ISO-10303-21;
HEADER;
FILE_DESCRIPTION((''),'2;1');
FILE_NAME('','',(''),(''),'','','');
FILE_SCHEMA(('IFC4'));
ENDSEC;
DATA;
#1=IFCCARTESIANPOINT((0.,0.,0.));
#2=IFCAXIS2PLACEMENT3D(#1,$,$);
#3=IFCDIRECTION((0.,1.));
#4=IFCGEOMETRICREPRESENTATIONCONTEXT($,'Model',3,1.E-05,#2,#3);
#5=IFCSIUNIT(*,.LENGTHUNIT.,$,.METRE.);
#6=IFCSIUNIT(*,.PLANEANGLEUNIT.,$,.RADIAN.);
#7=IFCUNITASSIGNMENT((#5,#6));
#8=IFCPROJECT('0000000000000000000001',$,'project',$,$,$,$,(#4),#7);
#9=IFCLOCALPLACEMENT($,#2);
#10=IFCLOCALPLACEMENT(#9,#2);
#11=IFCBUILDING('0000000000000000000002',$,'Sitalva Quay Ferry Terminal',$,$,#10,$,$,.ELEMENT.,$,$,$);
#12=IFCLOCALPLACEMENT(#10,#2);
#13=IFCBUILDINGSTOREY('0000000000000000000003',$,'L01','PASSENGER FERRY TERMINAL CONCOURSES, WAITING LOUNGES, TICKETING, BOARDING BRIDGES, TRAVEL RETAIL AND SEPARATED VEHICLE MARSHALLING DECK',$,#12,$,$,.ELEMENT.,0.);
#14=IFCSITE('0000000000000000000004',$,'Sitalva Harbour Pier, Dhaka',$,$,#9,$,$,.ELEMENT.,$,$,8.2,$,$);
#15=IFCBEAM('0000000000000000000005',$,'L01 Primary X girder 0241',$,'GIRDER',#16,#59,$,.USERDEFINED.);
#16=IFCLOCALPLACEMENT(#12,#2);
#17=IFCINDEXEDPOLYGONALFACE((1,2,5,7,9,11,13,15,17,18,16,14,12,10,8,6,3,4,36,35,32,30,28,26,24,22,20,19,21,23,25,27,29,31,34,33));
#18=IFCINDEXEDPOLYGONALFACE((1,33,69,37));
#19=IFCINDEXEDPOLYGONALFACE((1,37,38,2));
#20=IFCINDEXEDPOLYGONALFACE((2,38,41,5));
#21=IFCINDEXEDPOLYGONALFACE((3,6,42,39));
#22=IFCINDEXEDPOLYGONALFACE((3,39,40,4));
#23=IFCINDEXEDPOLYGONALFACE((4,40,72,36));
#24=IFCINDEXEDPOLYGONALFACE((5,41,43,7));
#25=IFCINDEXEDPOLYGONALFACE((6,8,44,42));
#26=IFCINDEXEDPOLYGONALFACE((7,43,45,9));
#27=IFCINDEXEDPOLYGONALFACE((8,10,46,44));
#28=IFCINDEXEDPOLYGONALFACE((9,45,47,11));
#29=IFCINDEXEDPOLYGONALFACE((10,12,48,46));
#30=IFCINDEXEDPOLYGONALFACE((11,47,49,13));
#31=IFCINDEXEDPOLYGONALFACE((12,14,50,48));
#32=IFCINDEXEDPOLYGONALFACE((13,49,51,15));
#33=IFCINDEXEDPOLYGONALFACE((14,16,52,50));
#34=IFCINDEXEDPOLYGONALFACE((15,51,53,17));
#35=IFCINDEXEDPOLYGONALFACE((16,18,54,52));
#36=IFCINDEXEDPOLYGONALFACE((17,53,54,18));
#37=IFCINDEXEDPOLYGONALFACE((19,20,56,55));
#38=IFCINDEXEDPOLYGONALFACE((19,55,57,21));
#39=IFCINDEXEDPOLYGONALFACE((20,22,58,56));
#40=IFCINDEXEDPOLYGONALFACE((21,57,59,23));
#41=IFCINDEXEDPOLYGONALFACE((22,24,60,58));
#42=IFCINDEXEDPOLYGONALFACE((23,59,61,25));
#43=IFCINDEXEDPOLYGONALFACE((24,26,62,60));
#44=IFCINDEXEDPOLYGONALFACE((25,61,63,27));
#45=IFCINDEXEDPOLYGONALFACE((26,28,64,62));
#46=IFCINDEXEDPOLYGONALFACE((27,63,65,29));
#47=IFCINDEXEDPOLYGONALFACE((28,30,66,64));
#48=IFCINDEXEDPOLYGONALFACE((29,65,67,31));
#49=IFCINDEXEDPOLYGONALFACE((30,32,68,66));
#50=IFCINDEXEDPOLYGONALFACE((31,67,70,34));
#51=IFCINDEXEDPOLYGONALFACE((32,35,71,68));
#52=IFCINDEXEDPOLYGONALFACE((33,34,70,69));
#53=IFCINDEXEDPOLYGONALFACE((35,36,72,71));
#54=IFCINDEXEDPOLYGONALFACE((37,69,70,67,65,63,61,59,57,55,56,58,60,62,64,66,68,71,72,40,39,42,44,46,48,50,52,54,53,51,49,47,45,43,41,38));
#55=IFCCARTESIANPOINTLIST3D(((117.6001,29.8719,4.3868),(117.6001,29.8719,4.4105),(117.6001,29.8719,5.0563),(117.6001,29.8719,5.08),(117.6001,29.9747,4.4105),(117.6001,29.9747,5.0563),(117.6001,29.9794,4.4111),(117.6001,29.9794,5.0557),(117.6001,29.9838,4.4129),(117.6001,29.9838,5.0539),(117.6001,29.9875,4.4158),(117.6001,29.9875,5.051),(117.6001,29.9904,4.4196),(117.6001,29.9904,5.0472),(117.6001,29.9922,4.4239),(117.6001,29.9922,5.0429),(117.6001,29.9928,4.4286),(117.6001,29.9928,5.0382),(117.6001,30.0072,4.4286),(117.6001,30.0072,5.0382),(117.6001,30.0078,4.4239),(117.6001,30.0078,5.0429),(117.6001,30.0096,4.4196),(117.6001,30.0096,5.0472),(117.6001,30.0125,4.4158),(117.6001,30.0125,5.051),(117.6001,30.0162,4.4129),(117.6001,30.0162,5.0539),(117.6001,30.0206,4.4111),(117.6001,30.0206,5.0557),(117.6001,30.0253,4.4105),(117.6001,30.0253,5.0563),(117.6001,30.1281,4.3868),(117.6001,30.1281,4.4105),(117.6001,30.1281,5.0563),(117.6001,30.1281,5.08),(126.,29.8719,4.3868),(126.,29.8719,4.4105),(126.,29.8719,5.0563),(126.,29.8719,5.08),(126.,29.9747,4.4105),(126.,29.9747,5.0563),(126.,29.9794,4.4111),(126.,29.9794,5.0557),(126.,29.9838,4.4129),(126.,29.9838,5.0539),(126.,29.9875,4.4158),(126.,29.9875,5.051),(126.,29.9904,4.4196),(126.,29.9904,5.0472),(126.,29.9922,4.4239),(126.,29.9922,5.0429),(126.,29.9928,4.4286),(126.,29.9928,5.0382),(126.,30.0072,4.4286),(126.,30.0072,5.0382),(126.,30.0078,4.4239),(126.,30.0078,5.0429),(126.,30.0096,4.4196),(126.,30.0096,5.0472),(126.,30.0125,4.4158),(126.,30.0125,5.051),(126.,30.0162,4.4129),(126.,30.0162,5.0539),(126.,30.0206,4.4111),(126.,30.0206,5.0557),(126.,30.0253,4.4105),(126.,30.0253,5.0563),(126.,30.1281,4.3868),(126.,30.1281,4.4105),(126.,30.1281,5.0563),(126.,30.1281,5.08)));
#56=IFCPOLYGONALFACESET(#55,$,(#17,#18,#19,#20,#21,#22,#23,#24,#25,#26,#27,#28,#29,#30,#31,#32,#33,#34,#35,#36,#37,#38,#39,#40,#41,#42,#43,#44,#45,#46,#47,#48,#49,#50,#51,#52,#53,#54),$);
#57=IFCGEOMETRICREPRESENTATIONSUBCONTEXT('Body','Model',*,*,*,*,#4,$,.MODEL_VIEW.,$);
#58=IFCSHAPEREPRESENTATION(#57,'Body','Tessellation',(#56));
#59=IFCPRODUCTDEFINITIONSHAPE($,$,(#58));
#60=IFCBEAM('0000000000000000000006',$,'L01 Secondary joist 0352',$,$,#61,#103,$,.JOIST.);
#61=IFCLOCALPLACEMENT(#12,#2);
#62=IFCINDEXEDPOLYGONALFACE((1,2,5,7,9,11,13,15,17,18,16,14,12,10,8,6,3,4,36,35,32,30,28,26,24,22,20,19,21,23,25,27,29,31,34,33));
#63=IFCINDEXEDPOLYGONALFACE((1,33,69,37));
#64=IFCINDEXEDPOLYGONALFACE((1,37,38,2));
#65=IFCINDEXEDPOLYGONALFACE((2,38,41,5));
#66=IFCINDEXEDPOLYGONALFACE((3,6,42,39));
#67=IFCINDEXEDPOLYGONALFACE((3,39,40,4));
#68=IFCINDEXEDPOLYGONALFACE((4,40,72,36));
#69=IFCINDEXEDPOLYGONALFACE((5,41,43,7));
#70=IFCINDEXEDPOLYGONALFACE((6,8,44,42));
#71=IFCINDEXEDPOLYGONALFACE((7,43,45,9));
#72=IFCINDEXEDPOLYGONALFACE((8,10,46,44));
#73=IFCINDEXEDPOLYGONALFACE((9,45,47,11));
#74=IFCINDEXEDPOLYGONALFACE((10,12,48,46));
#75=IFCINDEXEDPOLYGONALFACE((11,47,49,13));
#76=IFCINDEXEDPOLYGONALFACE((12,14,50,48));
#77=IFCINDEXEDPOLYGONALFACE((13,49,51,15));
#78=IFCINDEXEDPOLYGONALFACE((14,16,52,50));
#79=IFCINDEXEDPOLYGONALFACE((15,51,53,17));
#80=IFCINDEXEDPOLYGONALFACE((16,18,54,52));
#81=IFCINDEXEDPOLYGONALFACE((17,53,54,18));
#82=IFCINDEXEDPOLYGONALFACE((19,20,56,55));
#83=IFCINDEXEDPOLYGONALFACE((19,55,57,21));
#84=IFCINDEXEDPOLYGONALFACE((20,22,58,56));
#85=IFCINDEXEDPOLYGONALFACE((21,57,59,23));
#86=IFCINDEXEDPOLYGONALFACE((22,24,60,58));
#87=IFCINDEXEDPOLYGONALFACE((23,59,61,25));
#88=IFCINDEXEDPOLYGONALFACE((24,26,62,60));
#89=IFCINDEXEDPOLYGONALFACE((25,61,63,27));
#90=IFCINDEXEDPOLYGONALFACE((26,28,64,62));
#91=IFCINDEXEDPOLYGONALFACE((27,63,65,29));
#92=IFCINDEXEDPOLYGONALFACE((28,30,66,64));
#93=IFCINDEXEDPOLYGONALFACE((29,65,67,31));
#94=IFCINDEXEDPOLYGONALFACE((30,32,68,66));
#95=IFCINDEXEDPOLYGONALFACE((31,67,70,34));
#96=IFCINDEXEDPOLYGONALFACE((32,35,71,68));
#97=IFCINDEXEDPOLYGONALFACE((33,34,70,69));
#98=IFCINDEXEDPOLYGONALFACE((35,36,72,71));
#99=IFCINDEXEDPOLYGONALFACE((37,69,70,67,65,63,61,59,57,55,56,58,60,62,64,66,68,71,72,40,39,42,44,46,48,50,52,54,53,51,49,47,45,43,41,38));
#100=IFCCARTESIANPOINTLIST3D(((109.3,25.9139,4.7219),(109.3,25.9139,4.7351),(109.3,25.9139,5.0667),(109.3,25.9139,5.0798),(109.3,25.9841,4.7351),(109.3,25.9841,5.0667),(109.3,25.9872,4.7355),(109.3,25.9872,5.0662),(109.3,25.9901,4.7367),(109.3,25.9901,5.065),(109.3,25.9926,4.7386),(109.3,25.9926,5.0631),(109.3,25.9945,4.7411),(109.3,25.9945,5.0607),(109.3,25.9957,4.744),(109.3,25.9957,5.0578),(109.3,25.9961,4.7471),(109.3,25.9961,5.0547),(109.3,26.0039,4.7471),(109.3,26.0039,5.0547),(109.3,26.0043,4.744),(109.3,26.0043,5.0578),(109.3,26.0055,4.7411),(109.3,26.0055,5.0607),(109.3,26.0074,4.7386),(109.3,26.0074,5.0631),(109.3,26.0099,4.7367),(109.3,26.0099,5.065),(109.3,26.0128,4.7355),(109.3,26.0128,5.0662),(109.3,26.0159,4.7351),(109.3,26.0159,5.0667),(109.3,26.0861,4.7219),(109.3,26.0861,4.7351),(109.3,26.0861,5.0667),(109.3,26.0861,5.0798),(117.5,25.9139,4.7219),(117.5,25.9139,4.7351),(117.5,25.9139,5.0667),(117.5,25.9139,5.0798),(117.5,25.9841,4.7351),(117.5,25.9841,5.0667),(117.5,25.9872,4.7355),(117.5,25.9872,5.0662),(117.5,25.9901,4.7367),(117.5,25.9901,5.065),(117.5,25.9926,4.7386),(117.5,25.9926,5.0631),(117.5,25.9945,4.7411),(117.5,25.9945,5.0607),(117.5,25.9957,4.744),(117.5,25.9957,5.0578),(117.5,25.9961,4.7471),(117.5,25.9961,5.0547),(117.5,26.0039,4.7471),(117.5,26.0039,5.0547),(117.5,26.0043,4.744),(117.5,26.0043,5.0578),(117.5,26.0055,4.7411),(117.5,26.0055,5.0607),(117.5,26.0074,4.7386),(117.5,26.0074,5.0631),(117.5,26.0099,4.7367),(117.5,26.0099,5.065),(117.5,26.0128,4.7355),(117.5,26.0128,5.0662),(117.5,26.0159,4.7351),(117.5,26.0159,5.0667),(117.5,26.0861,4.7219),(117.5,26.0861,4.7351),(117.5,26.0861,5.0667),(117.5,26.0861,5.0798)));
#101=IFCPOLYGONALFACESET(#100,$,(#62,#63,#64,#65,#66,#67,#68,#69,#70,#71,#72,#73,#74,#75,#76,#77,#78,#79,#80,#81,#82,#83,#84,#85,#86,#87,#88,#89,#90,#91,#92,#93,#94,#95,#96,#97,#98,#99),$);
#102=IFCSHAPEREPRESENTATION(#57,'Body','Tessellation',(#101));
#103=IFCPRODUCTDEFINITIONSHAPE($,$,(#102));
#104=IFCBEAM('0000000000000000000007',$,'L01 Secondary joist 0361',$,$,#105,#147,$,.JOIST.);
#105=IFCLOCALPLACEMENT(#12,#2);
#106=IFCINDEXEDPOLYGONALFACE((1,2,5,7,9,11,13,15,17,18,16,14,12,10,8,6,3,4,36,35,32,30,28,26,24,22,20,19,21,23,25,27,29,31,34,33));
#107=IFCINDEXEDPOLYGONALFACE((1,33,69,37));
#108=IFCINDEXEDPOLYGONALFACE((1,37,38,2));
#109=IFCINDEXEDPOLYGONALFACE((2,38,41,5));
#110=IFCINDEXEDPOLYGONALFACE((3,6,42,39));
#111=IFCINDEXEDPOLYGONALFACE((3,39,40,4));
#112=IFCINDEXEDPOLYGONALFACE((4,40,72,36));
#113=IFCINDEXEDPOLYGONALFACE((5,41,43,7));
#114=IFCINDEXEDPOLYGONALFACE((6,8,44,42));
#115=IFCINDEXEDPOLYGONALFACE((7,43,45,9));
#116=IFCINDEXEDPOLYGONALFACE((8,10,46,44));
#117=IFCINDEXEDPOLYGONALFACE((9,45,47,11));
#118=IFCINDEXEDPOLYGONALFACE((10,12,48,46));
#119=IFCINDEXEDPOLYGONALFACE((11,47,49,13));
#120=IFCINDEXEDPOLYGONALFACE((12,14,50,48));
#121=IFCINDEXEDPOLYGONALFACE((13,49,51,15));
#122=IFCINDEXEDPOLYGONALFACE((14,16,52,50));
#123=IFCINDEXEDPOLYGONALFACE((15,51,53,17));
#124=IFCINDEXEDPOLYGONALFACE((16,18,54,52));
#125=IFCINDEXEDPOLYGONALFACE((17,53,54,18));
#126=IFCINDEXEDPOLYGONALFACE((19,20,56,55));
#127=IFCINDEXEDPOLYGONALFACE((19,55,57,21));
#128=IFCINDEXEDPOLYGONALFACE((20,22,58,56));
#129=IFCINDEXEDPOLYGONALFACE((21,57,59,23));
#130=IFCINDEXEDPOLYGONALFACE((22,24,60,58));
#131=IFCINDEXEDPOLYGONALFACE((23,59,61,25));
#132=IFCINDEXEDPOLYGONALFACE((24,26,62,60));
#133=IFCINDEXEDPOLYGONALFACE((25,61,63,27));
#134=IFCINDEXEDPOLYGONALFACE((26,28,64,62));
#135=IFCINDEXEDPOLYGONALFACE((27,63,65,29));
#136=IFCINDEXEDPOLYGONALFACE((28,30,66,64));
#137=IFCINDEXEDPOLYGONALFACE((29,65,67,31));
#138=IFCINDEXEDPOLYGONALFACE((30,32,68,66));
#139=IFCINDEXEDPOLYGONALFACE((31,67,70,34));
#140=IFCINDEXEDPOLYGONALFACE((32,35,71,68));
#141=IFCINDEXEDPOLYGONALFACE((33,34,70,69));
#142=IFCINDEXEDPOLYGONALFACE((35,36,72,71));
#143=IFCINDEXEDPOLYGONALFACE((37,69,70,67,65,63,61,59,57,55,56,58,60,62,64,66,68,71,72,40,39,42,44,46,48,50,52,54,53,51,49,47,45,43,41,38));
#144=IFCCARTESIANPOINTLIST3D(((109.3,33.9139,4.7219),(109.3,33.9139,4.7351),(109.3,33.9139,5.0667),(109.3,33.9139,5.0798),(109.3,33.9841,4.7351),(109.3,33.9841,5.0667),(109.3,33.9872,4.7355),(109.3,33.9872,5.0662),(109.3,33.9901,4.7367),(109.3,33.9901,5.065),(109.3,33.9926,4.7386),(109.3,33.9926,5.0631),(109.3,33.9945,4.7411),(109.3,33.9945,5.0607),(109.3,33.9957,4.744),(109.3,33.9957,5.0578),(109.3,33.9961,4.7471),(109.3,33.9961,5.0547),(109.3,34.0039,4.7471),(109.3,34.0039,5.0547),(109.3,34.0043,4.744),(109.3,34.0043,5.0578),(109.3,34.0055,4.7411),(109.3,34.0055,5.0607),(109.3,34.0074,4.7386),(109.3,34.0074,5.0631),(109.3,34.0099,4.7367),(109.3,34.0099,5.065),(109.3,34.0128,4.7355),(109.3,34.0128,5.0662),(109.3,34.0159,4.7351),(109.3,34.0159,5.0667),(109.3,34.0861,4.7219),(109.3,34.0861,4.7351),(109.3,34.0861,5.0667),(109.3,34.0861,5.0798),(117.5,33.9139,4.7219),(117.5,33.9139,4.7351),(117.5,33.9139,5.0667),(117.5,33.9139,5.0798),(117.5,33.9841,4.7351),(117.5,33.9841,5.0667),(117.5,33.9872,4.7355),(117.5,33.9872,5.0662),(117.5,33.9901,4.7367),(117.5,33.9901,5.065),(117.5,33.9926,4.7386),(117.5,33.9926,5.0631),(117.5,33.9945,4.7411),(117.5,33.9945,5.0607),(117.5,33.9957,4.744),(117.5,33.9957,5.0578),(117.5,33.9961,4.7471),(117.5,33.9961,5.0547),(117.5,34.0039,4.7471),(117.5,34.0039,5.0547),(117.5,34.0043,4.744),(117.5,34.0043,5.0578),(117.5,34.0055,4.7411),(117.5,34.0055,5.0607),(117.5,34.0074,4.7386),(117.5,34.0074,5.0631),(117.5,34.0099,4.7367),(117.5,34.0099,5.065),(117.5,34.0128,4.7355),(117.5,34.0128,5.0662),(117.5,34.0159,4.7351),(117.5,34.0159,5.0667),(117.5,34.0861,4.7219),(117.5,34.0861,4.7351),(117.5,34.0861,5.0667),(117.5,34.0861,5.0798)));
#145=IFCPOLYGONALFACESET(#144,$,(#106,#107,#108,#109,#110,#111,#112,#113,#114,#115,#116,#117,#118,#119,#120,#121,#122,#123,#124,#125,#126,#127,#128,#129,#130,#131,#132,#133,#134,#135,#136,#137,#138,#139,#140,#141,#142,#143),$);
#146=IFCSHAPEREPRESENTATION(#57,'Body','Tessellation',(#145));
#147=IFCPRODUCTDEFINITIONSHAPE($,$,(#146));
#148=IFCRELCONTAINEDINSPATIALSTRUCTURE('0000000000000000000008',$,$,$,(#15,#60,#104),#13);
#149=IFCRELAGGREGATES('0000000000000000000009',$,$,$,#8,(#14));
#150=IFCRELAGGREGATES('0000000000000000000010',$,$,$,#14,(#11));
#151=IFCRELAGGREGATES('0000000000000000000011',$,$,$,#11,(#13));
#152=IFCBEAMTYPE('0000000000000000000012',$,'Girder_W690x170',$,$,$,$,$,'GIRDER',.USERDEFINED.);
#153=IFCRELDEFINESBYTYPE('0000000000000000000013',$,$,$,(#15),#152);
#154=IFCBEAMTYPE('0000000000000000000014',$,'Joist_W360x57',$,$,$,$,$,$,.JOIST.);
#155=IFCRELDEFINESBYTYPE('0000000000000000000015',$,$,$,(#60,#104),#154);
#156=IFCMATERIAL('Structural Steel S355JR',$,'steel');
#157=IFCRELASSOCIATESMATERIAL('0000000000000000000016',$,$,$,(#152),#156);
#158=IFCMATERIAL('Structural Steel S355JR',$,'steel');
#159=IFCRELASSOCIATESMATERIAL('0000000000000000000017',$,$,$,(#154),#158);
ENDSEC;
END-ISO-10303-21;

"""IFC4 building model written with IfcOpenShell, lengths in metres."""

from ifc_helpers import new_model, si_unit, direction, frame, origin, origin_2d, place, context, subcontext, project, spatial, i_section, extrude, material, material_profile, profile_set, type_object, element, save


model = new_model("IFC4")

# Units and contexts
model_context = context("Model", 3, precision=1e-05, world=origin(), true_north=direction((0.0, 1.0)))
body_context = subcontext(model_context, "Body", "Model", "MODEL_VIEW")
ifc_project = project(units=[si_unit("LENGTHUNIT", "METRE"), si_unit("PLANEANGLEUNIT", "RADIAN")], contexts=[model_context])

# Site, building, storey
site_placement = place(None, origin())
site = spatial("IfcSite", under=ifc_project, at=site_placement, Name="Sitalva Harbour Pier, Dhaka", CompositionType="ELEMENT", RefElevation=8.2)
building_placement = place(site_placement, origin())
building = spatial("IfcBuilding", under=site, at=building_placement, Name="Sitalva Quay Ferry Terminal", CompositionType="ELEMENT")
storey_placement = place(building_placement, origin())
storey = spatial("IfcBuildingStorey", under=building, at=storey_placement, Name="L01", Description="PASSENGER FERRY TERMINAL CONCOURSES, WAITING LOUNGES, TICKETING, BOARDING BRIDGES, TRAVEL RETAIL AND SEPARATED VEHICLE MARSHALLING DECK", CompositionType="ELEMENT", Elevation=0.0)

# Beams
ifc_material_1 = material(Name="Structural Steel S355JR", Category="steel")
ifc_material_profile_1 = material_profile(ifc_material_1, i_section(OverallWidth=0.2561, OverallDepth=0.6931, WebThickness=0.0144, FlangeThickness=0.0237, FilletRadius=0.0181, at=origin_2d()), Name="W690x170")
ifc_profile_set_1 = profile_set([ifc_material_profile_1], Name="Structural Steel S355JR")
beam_type_1 = type_object("IfcBeamType", Name="Girder_W690x170", ElementType="GIRDER", PredefinedType="USERDEFINED", material=ifc_profile_set_1)
beam_1_placement = place(storey_placement, frame((117.6001, 30.0, 4.7334), z_axis=(1.0, 0.0, 0.0), x_axis=(0.0, 1.0, 0.0)))
element("IfcBeam", 1, at=beam_1_placement, inside=storey, type_object=beam_type_1, Name="L01 Primary X girder 0241", ObjectType="GIRDER", PredefinedType="USERDEFINED", context=body_context, shape_type="SweptSolid", body=[
    extrude(i_section(OverallWidth=0.2561, OverallDepth=0.6931, WebThickness=0.0144, FlangeThickness=0.0237, FilletRadius=0.0181, at=origin_2d()), origin(), (0.0, 0.0, 1.0), 8.3999),
])
ifc_material_2 = material(Name="Structural Steel S355JR", Category="steel")
ifc_material_profile_2 = material_profile(ifc_material_2, i_section(OverallWidth=0.1721, OverallDepth=0.3579, WebThickness=0.0078, FlangeThickness=0.0132, FilletRadius=0.012, at=origin_2d()), Name="W360x57")
ifc_profile_set_2 = profile_set([ifc_material_profile_2], Name="Structural Steel S355JR")
beam_type_2 = type_object("IfcBeamType", Name="Joist_W360x57", PredefinedType="JOIST", material=ifc_profile_set_2)
for number, where, z_axis, x_axis, name in (
    (2, (109.3, 26.0, 4.9009), (1.0, 0.0, 0.0), (0.0, 1.0, 0.0), "L01 Secondary joist 0352"),
    (3, (109.3, 34.0, 4.9009), (1.0, 0.0, 0.0), (0.0, 1.0, 0.0), "L01 Secondary joist 0361"),
):
    element("IfcBeam", number, at=place(storey_placement, frame(where, z_axis=z_axis, x_axis=x_axis)), inside=storey, type_object=beam_type_2, Name=name, PredefinedType="JOIST", context=body_context, shape_type="SweptSolid", body=[
        extrude(i_section(OverallWidth=0.1721, OverallDepth=0.3579, WebThickness=0.0078, FlangeThickness=0.0132, FilletRadius=0.012, at=origin_2d()), origin(), (0.0, 0.0, 1.0), 8.2),
    ])

save(model, "model.ifc")
